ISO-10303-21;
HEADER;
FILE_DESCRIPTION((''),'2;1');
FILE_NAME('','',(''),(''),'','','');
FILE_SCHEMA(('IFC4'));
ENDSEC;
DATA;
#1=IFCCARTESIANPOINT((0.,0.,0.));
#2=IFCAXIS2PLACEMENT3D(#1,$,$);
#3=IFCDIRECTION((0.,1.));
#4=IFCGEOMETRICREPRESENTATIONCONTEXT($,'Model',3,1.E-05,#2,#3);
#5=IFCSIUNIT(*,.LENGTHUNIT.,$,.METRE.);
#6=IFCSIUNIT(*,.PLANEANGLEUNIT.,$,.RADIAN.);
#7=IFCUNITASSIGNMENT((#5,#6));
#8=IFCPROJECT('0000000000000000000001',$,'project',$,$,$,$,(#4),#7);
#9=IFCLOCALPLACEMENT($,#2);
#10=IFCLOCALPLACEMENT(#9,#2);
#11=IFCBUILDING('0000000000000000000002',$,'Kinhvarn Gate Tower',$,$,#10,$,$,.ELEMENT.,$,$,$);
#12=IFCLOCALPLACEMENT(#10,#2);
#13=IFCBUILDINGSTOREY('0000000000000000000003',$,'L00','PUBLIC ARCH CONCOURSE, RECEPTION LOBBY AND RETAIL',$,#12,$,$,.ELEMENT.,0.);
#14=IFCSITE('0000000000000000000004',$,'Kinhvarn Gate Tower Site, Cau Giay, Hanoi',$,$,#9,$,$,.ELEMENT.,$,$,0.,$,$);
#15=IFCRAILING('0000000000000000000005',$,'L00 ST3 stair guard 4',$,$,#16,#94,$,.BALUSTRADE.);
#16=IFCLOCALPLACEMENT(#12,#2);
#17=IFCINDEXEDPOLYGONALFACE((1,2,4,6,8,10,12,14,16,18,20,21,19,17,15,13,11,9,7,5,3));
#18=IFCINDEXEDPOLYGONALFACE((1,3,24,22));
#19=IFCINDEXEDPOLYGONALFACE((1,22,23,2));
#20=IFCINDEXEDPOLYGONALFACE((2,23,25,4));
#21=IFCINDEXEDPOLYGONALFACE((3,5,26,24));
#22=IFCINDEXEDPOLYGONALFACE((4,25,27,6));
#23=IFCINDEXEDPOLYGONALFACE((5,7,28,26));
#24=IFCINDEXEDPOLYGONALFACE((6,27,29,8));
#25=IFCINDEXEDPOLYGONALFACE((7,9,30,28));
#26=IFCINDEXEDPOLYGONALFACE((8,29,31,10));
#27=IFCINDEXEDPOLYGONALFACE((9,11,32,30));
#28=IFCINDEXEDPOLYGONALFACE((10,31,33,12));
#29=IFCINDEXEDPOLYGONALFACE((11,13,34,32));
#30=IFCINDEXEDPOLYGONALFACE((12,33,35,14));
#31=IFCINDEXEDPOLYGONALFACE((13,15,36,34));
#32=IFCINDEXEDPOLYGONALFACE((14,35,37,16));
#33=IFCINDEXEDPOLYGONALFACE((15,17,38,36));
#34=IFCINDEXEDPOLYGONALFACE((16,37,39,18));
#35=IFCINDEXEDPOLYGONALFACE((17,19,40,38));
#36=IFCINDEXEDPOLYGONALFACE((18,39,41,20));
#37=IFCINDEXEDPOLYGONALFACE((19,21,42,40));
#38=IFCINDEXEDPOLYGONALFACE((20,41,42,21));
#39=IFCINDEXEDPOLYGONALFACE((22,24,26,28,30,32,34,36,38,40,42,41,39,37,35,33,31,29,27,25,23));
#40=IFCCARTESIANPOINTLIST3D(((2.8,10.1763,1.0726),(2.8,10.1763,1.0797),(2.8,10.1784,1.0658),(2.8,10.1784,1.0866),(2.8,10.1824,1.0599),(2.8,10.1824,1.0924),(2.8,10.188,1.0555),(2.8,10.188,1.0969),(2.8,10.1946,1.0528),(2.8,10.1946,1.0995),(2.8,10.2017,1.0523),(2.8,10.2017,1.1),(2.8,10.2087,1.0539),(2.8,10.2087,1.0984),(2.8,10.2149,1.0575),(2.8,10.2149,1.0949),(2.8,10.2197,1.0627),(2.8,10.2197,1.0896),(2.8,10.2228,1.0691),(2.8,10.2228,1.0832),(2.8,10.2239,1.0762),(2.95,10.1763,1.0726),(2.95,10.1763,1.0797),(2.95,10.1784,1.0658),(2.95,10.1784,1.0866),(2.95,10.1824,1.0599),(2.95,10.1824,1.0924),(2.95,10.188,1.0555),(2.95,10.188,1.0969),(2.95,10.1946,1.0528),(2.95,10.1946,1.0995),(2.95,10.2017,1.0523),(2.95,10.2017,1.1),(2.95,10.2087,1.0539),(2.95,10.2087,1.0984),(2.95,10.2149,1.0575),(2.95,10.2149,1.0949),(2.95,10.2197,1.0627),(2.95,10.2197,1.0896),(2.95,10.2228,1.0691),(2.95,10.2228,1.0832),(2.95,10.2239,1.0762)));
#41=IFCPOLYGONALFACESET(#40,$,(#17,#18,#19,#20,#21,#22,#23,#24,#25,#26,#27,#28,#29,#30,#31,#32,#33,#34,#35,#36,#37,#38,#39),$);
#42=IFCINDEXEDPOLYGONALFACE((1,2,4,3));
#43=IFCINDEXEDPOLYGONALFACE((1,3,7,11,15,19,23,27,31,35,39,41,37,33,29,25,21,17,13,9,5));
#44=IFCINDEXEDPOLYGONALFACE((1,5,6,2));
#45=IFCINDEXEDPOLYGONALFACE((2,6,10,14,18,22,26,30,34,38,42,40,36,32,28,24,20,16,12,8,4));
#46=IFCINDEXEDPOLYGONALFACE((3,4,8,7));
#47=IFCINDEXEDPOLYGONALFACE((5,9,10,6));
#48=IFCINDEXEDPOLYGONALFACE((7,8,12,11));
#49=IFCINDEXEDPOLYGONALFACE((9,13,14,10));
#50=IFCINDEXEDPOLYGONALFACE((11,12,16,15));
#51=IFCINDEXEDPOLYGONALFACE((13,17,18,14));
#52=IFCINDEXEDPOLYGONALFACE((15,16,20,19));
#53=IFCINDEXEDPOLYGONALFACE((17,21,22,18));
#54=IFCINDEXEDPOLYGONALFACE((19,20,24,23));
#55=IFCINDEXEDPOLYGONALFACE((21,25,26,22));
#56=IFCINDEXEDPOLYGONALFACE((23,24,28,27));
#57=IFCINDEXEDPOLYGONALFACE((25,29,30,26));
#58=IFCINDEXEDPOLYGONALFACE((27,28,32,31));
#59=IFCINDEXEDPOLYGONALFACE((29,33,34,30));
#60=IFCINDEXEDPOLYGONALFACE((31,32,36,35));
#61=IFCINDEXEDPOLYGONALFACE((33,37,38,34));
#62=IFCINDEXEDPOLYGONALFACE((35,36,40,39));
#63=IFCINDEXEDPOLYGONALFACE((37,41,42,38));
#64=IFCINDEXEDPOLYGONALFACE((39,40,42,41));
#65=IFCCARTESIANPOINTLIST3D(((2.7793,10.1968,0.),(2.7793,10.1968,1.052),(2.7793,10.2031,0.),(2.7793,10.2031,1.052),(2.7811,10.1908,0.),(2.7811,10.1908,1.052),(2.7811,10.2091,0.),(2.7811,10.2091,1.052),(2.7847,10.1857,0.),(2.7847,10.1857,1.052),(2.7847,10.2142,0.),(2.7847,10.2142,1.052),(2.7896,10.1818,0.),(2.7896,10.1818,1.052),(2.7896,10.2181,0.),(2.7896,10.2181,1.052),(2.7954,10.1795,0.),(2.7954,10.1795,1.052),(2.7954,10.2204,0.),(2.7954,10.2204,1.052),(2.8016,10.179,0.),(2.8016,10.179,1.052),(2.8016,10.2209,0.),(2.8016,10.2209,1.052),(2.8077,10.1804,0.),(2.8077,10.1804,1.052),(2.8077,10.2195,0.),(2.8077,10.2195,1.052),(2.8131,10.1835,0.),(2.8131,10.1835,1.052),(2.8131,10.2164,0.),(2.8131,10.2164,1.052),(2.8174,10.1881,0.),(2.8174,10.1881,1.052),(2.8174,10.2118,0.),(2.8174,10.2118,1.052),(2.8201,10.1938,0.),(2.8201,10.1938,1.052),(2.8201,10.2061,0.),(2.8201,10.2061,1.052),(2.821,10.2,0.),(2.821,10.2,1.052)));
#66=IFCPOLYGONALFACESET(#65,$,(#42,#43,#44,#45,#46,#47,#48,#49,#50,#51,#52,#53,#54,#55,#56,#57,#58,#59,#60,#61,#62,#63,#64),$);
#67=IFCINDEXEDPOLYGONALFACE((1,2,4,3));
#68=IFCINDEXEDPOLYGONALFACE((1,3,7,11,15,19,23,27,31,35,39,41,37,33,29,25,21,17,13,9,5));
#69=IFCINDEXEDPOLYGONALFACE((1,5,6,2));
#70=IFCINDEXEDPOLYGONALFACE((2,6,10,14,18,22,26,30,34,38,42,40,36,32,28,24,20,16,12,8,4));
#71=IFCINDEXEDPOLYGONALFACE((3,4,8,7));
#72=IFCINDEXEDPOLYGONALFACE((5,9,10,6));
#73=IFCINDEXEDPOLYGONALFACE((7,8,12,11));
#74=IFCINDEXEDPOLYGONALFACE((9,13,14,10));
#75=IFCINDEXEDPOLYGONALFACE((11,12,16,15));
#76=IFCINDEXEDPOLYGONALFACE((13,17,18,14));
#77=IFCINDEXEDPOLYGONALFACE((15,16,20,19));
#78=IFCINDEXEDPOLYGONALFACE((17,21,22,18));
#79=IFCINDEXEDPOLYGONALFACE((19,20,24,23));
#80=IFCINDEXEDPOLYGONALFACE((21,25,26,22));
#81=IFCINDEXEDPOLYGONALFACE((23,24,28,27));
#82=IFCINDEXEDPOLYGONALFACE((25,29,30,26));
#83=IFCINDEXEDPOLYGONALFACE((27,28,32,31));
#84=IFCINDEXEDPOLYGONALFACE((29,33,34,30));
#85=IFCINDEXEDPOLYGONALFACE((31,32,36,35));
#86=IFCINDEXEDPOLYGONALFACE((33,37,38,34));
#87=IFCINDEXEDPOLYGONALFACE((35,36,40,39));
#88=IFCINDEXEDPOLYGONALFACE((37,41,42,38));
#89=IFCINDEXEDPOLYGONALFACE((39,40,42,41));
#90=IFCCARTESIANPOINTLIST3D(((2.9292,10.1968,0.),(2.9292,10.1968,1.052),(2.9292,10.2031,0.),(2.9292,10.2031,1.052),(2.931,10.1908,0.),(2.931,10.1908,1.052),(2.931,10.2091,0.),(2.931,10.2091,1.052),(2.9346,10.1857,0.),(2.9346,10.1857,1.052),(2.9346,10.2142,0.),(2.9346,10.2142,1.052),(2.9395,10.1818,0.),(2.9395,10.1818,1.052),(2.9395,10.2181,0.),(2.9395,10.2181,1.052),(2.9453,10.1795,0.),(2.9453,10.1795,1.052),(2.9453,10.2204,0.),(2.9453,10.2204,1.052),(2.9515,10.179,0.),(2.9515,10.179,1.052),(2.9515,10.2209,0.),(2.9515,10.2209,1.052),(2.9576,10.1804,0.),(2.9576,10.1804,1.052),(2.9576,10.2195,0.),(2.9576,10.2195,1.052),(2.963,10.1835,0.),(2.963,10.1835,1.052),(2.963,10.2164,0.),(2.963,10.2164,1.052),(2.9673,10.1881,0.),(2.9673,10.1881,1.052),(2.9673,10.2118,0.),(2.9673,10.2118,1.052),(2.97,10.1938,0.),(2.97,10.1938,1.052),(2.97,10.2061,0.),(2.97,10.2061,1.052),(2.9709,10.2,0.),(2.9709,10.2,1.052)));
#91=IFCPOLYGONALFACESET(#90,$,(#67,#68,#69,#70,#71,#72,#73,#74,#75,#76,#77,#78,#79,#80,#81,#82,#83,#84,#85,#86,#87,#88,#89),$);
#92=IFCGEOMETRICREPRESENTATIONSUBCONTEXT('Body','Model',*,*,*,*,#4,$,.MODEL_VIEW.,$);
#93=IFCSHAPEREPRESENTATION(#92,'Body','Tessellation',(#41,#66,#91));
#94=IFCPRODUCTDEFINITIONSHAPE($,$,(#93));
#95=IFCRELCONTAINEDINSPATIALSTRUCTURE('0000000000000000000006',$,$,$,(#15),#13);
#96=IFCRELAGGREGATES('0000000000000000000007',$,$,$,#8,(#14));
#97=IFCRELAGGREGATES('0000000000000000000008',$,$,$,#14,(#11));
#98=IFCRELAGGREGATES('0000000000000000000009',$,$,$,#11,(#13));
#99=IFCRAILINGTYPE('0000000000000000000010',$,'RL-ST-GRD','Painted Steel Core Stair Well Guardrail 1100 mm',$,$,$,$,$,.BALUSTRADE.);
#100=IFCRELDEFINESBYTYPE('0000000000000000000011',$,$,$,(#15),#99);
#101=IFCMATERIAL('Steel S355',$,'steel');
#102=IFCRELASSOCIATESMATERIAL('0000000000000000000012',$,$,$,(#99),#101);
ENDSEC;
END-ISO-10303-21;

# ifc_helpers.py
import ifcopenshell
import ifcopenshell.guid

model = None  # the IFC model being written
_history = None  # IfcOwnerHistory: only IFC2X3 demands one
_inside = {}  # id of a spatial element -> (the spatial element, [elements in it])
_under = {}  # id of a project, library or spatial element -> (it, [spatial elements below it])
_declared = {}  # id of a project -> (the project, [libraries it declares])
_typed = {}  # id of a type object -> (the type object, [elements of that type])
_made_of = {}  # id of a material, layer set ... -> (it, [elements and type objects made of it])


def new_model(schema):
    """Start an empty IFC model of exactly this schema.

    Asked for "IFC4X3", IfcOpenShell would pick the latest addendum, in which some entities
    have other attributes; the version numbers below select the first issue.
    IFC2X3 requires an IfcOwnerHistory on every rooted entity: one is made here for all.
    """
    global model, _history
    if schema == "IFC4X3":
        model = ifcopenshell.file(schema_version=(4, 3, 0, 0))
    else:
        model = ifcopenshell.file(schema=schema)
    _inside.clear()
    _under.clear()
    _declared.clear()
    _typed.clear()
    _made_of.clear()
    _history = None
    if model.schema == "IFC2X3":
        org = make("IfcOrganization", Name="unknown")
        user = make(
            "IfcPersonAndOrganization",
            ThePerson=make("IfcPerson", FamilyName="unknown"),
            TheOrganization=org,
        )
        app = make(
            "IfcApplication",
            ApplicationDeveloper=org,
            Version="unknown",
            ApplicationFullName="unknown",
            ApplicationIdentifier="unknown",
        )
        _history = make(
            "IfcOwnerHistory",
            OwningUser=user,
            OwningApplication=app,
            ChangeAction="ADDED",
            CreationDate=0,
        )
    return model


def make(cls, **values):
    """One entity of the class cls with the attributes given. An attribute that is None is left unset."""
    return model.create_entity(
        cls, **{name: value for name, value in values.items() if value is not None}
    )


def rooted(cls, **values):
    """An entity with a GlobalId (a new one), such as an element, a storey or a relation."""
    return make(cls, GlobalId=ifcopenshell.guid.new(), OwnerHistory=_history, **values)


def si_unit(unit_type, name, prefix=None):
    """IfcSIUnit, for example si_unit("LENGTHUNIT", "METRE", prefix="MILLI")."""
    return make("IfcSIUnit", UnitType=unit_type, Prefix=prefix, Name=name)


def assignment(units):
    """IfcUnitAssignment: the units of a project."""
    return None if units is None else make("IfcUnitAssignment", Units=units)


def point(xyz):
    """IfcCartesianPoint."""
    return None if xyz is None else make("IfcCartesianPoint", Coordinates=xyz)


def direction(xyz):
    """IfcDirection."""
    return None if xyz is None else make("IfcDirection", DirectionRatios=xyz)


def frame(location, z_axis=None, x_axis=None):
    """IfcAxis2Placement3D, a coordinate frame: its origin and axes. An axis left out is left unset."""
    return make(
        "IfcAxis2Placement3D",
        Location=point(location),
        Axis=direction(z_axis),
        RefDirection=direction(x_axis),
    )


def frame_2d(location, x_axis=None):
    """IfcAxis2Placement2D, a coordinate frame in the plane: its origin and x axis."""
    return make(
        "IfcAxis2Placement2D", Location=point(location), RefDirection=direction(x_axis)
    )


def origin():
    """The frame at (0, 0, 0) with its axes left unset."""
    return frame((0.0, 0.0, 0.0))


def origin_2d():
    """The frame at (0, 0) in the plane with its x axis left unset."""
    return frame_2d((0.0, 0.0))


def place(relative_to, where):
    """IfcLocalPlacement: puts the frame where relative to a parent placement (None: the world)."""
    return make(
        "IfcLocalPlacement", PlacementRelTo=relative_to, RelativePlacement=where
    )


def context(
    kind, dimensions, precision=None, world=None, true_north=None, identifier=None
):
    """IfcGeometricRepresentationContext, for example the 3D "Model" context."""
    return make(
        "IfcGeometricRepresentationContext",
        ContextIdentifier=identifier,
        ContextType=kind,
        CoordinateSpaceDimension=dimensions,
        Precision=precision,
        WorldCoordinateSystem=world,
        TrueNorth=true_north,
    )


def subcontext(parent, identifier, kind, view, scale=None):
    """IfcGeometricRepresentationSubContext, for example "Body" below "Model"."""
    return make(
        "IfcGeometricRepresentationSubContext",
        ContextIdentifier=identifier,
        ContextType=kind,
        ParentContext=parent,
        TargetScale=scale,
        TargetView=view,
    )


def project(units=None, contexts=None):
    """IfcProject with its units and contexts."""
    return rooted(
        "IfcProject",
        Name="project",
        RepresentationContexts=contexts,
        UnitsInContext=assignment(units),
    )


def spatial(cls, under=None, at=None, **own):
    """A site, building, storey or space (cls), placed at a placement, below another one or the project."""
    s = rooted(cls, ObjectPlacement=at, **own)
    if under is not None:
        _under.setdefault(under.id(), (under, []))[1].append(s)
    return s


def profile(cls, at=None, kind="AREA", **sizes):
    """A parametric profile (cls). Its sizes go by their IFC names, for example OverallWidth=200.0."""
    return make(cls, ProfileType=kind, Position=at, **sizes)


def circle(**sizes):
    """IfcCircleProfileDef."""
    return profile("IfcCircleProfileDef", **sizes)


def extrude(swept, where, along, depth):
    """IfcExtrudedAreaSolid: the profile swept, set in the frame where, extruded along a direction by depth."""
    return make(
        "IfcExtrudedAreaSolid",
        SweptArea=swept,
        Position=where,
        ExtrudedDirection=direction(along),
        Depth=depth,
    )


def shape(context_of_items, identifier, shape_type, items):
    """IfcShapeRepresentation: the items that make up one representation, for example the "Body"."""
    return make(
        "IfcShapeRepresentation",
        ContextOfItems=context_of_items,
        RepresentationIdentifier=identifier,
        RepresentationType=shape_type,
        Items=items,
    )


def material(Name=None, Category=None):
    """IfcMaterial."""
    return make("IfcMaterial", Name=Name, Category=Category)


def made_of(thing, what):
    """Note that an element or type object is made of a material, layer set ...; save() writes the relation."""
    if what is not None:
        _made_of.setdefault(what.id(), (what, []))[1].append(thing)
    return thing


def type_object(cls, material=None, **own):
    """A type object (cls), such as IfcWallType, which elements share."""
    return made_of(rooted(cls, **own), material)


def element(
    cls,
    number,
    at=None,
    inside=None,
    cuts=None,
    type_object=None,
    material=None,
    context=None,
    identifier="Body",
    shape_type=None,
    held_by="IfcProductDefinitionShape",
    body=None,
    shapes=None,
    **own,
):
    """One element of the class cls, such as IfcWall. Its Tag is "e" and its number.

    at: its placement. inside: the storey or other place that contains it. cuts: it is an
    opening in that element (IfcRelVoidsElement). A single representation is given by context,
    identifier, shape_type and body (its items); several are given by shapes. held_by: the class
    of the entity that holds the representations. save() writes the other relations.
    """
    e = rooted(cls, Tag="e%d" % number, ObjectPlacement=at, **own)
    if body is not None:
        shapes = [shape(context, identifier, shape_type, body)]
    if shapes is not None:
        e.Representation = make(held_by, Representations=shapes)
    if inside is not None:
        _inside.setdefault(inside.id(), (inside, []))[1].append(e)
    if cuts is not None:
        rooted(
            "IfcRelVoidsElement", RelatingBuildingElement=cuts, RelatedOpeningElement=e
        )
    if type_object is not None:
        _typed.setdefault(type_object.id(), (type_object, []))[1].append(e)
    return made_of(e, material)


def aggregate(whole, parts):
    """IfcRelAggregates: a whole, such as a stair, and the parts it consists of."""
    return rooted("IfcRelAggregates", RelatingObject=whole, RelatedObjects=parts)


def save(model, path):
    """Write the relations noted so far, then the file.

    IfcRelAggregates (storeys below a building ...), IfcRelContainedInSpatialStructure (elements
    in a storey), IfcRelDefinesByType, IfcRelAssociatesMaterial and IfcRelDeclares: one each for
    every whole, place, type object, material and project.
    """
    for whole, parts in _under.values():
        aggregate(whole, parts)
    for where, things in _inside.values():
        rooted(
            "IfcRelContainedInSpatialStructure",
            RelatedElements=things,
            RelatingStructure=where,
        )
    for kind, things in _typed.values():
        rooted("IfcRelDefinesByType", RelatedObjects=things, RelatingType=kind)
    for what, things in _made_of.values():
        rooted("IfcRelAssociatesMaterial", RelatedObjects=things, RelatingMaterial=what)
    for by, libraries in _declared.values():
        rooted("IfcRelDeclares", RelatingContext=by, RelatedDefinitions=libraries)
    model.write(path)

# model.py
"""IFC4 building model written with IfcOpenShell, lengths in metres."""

from ifc_helpers import new_model, si_unit, direction, frame, origin, origin_2d, place, context, subcontext, project, spatial, circle, extrude, material, type_object, element, save


model = new_model("IFC4")

# Units and contexts
model_context = context("Model", 3, precision=1e-05, world=origin(), true_north=direction((0.0, 1.0)))
body_context = subcontext(model_context, "Body", "Model", "MODEL_VIEW")
ifc_project = project(units=[si_unit("LENGTHUNIT", "METRE"), si_unit("PLANEANGLEUNIT", "RADIAN")], contexts=[model_context])

# Site, building, storey
site_placement = place(None, origin())
site = spatial("IfcSite", under=ifc_project, at=site_placement, Name="Kinhvarn Gate Tower Site, Cau Giay, Hanoi", CompositionType="ELEMENT", RefElevation=0.0)
building_placement = place(site_placement, origin())
building = spatial("IfcBuilding", under=site, at=building_placement, Name="Kinhvarn Gate Tower", CompositionType="ELEMENT")
storey_placement = place(building_placement, origin())
storey = spatial("IfcBuildingStorey", under=building, at=storey_placement, Name="L00", Description="PUBLIC ARCH CONCOURSE, RECEPTION LOBBY AND RETAIL", CompositionType="ELEMENT", Elevation=0.0)

# Railing
ifc_material_1 = material(Name="Steel S355", Category="steel")
railing_type_1 = type_object("IfcRailingType", Name="RL-ST-GRD", Description="Painted Steel Core Stair Well Guardrail 1100 mm", PredefinedType="BALUSTRADE", material=ifc_material_1)
railing_1_placement = place(storey_placement, frame((2.8, 10.2, 0.0)))
element("IfcRailing", 1, at=railing_1_placement, inside=storey, type_object=railing_type_1, Name="L00 ST3 stair guard 4", PredefinedType="BALUSTRADE", context=body_context, shape_type="SweptSolid", body=[
    extrude(circle(Radius=0.0239, at=origin_2d()), frame((0.0, 0.0, 1.0762), z_axis=(1.0, 0.0, 0.0), x_axis=(0.0, 1.0, 0.0)), (0.0, 0.0, 1.0), 0.1499),
    extrude(circle(Radius=0.021, at=origin_2d()), origin(), (0.0, 0.0, 1.0), 1.052),
    extrude(circle(Radius=0.021, at=origin_2d()), frame((0.1499, 0.0, 0.0)), (0.0, 0.0, 1.0), 1.052),
])

save(model, "model.ifc")
